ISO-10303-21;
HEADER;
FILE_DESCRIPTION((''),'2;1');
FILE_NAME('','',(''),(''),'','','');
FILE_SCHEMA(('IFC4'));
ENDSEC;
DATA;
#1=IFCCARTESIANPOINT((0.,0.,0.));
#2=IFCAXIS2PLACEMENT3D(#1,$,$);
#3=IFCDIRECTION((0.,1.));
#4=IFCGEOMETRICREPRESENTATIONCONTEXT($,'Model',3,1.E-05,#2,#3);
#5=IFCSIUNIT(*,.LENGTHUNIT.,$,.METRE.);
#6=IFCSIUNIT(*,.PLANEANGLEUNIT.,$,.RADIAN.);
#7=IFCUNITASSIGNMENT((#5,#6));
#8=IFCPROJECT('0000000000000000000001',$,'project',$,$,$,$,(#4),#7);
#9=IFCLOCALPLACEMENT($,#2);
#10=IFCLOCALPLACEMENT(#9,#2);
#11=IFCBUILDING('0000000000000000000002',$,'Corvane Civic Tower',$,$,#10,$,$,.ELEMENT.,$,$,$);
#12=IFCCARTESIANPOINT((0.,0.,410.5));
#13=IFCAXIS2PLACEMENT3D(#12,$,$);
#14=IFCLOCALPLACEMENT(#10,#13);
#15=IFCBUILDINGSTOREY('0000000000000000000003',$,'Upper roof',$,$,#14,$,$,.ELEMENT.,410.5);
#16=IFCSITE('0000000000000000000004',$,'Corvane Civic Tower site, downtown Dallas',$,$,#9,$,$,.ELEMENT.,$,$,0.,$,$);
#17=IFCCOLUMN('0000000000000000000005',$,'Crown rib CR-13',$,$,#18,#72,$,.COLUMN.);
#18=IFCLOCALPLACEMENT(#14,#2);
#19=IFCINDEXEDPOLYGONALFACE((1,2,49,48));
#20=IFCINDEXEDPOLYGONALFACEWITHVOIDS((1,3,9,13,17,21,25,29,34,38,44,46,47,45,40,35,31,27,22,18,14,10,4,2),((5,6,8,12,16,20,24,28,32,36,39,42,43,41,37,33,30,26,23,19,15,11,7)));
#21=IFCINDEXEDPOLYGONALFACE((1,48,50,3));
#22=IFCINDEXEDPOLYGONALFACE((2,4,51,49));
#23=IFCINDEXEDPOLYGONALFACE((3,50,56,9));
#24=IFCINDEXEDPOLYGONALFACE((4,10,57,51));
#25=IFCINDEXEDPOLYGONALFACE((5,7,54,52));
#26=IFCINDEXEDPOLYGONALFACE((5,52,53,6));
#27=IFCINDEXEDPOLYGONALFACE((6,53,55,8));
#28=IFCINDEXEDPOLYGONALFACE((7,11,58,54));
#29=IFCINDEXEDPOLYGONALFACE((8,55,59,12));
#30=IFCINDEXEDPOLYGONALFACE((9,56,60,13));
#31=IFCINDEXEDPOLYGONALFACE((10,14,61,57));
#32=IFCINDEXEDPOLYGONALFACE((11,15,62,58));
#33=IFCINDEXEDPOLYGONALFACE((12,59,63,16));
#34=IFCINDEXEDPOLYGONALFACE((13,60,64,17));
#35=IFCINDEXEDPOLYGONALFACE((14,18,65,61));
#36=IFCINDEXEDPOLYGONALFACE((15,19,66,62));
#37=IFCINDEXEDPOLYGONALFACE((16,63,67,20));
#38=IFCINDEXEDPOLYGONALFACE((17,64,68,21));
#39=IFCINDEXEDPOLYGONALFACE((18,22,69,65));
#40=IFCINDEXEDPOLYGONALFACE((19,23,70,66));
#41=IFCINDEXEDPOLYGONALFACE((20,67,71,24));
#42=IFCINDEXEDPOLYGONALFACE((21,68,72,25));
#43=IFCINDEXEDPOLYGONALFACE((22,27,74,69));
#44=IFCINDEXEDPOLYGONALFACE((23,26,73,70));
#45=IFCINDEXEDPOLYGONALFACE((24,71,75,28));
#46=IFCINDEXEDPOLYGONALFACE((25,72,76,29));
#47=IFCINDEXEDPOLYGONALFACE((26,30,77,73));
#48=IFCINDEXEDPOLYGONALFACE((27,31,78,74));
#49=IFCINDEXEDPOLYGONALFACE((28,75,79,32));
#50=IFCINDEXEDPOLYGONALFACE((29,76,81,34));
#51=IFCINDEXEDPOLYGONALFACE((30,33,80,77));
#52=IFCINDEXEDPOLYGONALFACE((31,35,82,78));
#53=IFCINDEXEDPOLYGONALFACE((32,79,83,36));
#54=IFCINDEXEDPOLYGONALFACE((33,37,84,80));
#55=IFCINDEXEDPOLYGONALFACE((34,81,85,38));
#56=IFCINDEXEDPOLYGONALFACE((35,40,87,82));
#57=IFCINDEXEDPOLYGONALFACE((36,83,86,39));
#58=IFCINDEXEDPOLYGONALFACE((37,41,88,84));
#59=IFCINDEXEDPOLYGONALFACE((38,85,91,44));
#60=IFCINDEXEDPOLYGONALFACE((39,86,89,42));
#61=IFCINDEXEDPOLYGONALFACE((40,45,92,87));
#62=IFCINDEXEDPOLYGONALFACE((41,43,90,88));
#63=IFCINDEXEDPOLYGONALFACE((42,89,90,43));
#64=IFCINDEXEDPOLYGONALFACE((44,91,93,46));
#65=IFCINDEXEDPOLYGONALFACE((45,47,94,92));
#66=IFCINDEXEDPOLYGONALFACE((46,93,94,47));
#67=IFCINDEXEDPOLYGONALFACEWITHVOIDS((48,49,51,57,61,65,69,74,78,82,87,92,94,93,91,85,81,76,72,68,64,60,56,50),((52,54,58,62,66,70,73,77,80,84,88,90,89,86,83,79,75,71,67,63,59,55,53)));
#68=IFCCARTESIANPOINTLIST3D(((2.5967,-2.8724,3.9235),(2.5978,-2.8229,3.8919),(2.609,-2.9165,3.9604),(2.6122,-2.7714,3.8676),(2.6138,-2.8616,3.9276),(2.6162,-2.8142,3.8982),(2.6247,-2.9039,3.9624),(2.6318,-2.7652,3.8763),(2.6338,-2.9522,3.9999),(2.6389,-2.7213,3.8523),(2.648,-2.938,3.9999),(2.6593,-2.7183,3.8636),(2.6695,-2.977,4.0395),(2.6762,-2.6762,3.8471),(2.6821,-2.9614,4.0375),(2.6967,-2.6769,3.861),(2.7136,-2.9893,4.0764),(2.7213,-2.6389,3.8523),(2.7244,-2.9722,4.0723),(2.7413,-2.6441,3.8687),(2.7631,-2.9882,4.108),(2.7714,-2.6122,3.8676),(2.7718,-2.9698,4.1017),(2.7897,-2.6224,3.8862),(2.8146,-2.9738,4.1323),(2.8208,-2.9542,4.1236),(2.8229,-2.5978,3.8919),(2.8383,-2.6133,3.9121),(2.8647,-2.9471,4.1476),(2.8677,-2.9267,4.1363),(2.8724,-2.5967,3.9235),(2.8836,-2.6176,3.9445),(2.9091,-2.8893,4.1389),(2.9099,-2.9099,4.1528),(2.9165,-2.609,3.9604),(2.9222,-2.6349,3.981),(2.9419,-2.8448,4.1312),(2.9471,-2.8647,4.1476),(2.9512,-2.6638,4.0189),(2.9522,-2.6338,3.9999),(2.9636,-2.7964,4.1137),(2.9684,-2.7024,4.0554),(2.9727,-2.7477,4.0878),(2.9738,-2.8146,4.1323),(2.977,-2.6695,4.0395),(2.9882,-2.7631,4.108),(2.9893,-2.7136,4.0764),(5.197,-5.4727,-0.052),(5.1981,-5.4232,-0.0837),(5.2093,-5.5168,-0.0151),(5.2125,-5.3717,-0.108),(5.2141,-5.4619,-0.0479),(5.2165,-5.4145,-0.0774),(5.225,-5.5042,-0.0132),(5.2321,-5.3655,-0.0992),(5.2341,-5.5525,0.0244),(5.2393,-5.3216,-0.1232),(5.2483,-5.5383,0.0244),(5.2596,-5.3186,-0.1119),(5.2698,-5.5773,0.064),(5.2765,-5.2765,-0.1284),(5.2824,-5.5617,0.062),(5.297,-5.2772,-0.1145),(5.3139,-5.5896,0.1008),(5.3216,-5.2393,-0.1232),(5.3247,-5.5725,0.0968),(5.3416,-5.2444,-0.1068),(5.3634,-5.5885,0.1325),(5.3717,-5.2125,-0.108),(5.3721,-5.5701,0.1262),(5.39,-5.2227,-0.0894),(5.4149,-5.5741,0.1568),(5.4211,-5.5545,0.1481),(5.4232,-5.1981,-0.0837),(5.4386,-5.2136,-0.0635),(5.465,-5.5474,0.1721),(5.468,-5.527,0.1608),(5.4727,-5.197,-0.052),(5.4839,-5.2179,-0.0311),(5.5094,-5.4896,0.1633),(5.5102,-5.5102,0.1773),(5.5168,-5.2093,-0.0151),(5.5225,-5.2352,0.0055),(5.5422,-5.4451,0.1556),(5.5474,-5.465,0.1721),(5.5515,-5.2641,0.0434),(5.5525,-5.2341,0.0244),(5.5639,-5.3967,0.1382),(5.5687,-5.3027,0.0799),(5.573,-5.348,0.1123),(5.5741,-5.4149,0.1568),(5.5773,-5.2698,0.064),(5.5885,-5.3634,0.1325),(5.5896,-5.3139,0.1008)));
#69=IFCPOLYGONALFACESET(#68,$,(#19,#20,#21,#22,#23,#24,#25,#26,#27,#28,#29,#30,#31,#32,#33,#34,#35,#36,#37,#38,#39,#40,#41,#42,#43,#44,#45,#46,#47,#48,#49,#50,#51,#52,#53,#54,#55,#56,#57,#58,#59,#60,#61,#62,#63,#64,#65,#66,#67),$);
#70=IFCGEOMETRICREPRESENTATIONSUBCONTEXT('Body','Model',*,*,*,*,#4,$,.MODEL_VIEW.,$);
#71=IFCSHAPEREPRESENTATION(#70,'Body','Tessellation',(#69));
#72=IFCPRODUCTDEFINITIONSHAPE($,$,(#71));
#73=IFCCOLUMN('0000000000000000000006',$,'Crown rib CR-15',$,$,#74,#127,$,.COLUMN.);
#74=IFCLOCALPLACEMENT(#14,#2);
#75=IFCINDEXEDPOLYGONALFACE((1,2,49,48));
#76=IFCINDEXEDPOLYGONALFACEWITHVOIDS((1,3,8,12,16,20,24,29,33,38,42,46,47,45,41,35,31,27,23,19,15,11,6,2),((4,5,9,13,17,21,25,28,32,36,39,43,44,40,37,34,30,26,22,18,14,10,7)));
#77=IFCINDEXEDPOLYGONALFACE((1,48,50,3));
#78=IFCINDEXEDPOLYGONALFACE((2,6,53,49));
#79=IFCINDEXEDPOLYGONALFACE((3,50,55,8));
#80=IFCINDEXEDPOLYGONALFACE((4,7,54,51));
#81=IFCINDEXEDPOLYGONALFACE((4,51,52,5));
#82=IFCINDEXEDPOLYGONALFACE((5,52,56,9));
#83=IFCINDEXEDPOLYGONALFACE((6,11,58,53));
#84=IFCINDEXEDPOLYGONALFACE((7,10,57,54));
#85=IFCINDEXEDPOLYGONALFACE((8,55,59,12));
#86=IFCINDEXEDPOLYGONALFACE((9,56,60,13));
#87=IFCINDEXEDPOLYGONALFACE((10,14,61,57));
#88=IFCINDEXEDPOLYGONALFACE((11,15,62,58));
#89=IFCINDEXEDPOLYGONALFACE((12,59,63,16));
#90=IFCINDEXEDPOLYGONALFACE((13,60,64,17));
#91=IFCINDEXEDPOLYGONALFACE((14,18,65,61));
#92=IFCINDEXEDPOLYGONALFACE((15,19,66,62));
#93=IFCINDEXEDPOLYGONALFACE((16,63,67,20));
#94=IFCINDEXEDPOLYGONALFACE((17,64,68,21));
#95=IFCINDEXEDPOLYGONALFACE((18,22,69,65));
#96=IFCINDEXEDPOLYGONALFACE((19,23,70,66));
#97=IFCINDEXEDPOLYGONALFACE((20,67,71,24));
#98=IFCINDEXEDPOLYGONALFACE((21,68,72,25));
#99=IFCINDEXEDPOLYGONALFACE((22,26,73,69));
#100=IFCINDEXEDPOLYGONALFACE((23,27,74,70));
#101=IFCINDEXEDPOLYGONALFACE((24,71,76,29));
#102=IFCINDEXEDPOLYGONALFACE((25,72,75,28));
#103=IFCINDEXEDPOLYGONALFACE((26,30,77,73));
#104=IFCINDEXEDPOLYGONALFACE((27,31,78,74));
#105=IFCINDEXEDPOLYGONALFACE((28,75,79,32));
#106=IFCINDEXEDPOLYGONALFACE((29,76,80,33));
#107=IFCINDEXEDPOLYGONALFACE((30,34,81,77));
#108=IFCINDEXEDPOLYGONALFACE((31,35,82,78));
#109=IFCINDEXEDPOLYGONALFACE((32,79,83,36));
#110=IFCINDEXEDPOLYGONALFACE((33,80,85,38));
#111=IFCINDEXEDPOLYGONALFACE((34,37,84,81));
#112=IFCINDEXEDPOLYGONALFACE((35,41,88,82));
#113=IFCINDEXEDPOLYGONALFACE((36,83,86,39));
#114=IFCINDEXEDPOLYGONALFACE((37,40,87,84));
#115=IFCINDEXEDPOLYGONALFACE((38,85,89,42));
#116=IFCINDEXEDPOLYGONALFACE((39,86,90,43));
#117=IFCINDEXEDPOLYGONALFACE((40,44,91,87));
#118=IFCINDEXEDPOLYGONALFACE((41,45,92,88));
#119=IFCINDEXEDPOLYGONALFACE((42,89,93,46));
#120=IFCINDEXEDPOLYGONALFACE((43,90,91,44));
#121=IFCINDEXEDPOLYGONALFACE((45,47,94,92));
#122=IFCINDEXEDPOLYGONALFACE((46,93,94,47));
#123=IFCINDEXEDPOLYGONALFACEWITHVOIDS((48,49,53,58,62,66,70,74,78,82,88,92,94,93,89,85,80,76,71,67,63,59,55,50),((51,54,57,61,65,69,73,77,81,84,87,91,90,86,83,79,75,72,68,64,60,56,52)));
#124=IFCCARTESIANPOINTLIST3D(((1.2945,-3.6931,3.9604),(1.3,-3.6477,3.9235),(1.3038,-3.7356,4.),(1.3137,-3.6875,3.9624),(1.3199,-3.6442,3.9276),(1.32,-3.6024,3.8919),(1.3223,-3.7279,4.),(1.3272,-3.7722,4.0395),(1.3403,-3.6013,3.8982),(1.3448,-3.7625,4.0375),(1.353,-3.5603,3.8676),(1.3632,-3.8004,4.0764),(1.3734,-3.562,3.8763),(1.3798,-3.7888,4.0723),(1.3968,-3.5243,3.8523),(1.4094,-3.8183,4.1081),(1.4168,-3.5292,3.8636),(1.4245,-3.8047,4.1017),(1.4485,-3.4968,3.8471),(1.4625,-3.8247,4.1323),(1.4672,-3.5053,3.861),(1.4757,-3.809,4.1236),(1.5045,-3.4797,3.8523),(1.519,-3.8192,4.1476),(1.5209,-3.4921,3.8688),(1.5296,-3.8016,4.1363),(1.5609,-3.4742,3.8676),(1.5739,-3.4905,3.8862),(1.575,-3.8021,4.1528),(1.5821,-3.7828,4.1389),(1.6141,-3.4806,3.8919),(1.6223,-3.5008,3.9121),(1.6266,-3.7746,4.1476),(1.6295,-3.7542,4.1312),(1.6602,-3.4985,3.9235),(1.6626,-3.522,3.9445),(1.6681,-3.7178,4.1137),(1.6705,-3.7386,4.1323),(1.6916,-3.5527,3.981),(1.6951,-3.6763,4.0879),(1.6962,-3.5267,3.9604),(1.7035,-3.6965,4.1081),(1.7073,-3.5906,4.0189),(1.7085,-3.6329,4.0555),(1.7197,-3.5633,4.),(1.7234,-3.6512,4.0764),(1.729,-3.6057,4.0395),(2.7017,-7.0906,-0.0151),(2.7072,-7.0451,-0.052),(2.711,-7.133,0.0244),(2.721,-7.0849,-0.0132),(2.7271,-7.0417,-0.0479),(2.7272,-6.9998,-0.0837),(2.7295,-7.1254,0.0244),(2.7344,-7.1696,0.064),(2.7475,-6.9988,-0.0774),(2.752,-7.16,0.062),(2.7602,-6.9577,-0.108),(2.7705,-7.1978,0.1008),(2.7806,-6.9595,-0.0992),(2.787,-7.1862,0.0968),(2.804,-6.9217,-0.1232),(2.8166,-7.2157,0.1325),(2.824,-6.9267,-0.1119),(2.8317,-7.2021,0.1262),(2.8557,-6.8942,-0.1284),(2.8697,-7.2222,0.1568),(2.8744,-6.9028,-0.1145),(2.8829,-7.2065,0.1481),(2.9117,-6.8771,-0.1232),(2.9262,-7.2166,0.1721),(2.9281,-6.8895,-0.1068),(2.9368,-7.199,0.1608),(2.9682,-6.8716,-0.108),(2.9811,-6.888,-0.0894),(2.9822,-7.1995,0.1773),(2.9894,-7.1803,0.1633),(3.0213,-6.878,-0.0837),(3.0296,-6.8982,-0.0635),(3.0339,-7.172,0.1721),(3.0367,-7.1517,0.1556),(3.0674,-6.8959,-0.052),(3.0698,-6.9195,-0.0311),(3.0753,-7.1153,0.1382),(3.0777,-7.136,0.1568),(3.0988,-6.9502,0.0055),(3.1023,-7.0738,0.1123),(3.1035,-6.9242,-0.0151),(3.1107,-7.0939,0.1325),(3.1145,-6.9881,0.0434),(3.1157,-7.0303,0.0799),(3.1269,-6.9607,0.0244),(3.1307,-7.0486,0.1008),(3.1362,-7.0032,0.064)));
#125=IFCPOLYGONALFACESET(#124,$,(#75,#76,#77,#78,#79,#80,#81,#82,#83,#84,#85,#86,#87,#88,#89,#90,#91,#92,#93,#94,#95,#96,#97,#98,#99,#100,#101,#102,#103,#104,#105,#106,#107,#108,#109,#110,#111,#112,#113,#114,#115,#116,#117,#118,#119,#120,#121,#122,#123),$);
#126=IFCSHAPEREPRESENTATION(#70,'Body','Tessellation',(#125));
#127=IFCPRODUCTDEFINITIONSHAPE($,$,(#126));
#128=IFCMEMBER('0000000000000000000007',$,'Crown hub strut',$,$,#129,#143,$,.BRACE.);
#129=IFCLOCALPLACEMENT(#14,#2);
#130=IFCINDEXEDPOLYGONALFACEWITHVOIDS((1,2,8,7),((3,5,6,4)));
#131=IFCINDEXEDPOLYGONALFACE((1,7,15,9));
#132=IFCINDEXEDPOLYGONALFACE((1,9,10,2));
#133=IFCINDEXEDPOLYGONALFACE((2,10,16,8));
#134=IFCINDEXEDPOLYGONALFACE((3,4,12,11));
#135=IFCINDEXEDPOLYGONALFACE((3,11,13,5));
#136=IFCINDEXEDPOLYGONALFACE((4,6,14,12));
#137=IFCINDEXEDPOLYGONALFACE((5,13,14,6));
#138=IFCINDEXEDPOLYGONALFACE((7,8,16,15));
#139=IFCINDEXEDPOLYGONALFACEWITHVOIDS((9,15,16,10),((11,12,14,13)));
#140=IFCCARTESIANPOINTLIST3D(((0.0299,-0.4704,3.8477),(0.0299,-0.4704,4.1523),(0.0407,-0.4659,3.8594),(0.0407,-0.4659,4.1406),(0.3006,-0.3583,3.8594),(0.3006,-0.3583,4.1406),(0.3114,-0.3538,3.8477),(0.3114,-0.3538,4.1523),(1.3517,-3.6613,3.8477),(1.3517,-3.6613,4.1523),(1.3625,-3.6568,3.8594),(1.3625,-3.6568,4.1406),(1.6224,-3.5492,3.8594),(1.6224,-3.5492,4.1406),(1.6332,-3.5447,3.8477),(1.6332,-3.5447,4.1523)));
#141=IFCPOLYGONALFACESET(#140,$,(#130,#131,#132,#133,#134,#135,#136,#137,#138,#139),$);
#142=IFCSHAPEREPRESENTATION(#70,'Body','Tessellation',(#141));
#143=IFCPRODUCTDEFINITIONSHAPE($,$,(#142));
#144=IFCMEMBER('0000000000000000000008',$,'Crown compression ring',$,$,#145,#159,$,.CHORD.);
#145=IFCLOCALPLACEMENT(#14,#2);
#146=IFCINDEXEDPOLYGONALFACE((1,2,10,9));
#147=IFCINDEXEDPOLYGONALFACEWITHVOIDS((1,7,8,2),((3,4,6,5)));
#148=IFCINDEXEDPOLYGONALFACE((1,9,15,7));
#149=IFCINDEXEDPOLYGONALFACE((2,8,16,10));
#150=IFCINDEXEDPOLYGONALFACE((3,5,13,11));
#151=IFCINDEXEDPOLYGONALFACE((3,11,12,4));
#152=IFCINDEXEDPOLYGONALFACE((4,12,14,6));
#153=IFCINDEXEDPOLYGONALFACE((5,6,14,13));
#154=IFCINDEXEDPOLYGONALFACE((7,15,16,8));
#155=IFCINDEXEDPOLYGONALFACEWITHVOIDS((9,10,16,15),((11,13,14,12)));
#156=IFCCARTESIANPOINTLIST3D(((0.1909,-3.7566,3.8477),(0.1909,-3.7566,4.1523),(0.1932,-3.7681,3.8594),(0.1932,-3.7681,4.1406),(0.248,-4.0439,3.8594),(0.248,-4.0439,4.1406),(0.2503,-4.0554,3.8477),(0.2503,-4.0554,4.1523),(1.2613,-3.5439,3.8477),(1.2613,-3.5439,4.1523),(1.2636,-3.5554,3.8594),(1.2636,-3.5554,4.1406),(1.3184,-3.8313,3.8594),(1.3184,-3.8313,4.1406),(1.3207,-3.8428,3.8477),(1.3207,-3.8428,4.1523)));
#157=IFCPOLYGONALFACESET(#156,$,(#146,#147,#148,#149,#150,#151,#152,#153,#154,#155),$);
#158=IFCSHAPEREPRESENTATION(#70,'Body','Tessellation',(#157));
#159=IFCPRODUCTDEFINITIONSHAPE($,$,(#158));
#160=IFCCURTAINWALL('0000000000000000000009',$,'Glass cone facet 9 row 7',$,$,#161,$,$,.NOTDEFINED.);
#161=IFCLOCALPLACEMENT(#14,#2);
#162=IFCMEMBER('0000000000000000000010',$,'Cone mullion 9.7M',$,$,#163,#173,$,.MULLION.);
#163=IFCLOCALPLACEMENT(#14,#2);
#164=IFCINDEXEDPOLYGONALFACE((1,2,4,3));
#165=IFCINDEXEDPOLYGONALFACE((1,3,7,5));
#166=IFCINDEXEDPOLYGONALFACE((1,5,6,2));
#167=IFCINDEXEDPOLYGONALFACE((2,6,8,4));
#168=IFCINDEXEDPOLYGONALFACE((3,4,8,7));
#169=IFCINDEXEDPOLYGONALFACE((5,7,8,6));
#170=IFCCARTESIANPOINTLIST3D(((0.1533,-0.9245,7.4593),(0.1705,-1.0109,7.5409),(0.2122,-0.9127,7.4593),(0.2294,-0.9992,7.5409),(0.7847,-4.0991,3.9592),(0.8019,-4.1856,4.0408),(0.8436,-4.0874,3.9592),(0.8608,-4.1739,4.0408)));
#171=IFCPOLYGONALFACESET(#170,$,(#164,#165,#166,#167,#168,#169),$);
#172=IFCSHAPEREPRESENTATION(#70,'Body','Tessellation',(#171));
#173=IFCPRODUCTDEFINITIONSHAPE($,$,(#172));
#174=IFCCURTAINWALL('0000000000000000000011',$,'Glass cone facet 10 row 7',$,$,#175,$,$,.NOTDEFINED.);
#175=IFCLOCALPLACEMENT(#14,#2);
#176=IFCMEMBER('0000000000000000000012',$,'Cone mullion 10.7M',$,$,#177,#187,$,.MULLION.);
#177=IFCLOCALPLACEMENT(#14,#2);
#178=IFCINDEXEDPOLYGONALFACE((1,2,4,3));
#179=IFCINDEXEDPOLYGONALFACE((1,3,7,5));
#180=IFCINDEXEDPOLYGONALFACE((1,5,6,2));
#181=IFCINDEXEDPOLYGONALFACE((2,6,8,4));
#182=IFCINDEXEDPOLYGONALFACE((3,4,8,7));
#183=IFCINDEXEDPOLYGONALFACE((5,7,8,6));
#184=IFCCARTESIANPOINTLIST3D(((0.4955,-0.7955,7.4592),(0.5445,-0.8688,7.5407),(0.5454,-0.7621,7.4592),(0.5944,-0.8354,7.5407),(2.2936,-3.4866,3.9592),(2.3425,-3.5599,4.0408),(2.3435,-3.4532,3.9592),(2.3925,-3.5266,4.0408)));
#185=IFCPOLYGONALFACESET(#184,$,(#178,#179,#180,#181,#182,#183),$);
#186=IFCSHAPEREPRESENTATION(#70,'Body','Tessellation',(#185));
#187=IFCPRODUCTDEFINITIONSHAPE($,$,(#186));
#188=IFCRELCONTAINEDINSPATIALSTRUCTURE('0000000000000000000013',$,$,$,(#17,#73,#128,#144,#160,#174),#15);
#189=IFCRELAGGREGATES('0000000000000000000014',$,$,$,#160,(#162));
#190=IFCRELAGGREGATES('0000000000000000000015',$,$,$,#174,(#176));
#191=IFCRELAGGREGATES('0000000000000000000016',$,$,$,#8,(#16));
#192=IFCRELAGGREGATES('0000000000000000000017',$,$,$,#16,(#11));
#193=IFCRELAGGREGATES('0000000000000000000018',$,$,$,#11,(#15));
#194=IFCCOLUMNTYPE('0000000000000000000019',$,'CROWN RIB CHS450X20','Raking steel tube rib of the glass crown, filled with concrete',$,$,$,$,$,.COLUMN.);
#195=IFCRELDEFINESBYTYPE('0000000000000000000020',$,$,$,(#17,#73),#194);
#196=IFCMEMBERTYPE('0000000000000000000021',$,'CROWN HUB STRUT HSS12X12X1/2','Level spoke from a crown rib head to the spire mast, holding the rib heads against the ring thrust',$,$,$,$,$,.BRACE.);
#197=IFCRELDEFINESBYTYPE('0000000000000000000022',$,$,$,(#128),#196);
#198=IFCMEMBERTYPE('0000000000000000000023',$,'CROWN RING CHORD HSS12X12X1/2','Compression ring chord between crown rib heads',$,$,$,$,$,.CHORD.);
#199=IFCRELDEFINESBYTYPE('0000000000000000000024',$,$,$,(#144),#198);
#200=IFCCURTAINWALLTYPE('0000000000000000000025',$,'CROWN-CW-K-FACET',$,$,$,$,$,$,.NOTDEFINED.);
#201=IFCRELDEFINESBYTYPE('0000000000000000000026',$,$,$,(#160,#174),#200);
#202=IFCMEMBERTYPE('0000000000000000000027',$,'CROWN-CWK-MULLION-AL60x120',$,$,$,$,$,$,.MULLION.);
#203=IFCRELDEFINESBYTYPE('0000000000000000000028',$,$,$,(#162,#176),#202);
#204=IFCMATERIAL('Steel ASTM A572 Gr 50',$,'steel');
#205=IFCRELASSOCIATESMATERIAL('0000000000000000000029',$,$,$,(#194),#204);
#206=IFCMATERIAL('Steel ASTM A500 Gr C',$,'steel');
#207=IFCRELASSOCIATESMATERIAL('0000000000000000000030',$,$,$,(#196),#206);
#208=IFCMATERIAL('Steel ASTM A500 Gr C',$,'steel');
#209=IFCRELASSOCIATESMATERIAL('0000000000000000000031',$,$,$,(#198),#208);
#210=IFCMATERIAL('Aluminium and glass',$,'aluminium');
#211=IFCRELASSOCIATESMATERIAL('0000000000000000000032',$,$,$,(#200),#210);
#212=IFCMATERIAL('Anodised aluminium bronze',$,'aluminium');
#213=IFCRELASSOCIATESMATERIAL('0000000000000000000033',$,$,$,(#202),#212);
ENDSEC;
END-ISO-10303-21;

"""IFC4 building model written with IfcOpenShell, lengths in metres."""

from ifc_helpers import new_model, si_unit, direction, frame, origin, origin_2d, place, context, subcontext, project, spatial, rectangle, hollow_rectangle, hollow_circle, extrude, material, material_profile, profile_set, type_object, element, aggregate, save


model = new_model("IFC4")

# Units and contexts
model_context = context("Model", 3, precision=1e-05, world=origin(), true_north=direction((0.0, 1.0)))
body_context = subcontext(model_context, "Body", "Model", "MODEL_VIEW")
ifc_project = project(units=[si_unit("LENGTHUNIT", "METRE"), si_unit("PLANEANGLEUNIT", "RADIAN")], contexts=[model_context])

# Site, building, storey
site_placement = place(None, origin())
site = spatial("IfcSite", under=ifc_project, at=site_placement, Name="Corvane Civic Tower site, downtown Dallas", CompositionType="ELEMENT", RefElevation=0.0)
building_placement = place(site_placement, origin())
building = spatial("IfcBuilding", under=site, at=building_placement, Name="Corvane Civic Tower", CompositionType="ELEMENT")
storey_placement = place(building_placement, frame((0.0, 0.0, 410.5)))
storey = spatial("IfcBuildingStorey", under=building, at=storey_placement, Name="Upper roof", CompositionType="ELEMENT", Elevation=410.5)

# Columns
ifc_material_1 = material(Name="Steel ASTM A572 Gr 50", Category="steel")
ifc_material_profile_1 = material_profile(ifc_material_1, hollow_circle(Radius=0.2251, WallThickness=0.02, at=origin_2d()), Name="CHS450X20")
ifc_profile_set_1 = profile_set([ifc_material_profile_1], Name="Steel ASTM A572 Gr 50")
column_type = type_object("IfcColumnType", Name="CROWN RIB CHS450X20", Description="Raking steel tube rib of the glass crown, filled with concrete", PredefinedType="COLUMN", material=ifc_profile_set_1)
for number, where, z_axis, x_axis, name in (
    (1, (5.3933, -5.3933, 0.0244), (-0.480157, 0.480157, 0.734097), (-0.707107, -0.707107, 0.0), "Crown rib CR-13"),
    (2, (2.9189, -7.0469, 0.0244), (-0.259849, 0.627352, 0.734104), (-0.923884, -0.382672, 0.0), "Crown rib CR-15"),
):
    element("IfcColumn", number, at=place(storey_placement, frame(where, z_axis=z_axis, x_axis=x_axis)), inside=storey, type_object=column_type, Name=name, PredefinedType="COLUMN", context=body_context, shape_type="SweptSolid", body=[
        extrude(hollow_circle(Radius=0.2251, WallThickness=0.02, at=origin_2d()), origin(), (0.0, 0.0, 1.0), 5.4155),
    ])

# Members
ifc_material_2 = material(Name="Steel ASTM A500 Gr C", Category="steel")
ifc_material_profile_2 = material_profile(ifc_material_2, hollow_rectangle(XDim=0.3047, YDim=0.3047, WallThickness=0.0117, at=origin_2d()), Name="HSS12X12X1/2")
ifc_profile_set_2 = profile_set([ifc_material_profile_2], Name="Steel ASTM A500 Gr C")
member_type_1 = type_object("IfcMemberType", Name="CROWN HUB STRUT HSS12X12X1/2", Description="Level spoke from a crown rib head to the spire mast, holding the rib heads against the ring thrust", PredefinedType="BRACE", material=ifc_profile_set_2)
member_1_placement = place(storey_placement, frame((1.4924, -3.603, 4.0), z_axis=(-0.382697, 0.923874, 0.0), x_axis=(-0.923874, -0.382697, 0.0)))
element("IfcMember", 3, at=member_1_placement, inside=storey, type_object=member_type_1, Name="Crown hub strut", PredefinedType="BRACE", context=body_context, shape_type="SweptSolid", body=[
    extrude(hollow_rectangle(XDim=0.3047, YDim=0.3047, WallThickness=0.0117, at=origin_2d()), origin(), (0.0, 0.0, 1.0), 3.4539),
])
ifc_material_3 = material(Name="Steel ASTM A500 Gr C", Category="steel")
ifc_material_profile_3 = material_profile(ifc_material_3, hollow_rectangle(XDim=0.3047, YDim=0.3047, WallThickness=0.0117, at=origin_2d()), Name="HSS12X12X1/2")
ifc_profile_set_3 = profile_set([ifc_material_profile_3], Name="Steel ASTM A500 Gr C")
member_type_2 = type_object("IfcMemberType", Name="CROWN RING CHORD HSS12X12X1/2", Description="Compression ring chord between crown rib heads", PredefinedType="CHORD", material=ifc_profile_set_3)
member_2_placement = place(storey_placement, frame((1.291, -3.6934, 4.0), z_axis=(-0.980829, -0.194868, 0.0), x_axis=(0.194868, -0.980829, 0.0)))
element("IfcMember", 4, at=member_2_placement, inside=storey, type_object=member_type_2, Name="Crown compression ring", PredefinedType="CHORD", context=body_context, shape_type="SweptSolid", body=[
    extrude(hollow_rectangle(XDim=0.3047, YDim=0.3047, WallThickness=0.0117, at=origin_2d()), origin(), (0.0, 0.0, 1.0), 1.0913),
])

# Curtain walls, members
ifc_material_4 = material(Name="Aluminium and glass", Category="aluminium")
curtain_wall_type = type_object("IfcCurtainWallType", Name="CROWN-CW-K-FACET", PredefinedType="NOTDEFINED", material=ifc_material_4)
curtain_wall_1_placement = place(storey_placement, origin())
curtain_wall_1 = element("IfcCurtainWall", 5, at=curtain_wall_1_placement, inside=storey, type_object=curtain_wall_type, Name="Glass cone facet 9 row 7", PredefinedType="NOTDEFINED")
ifc_material_5 = material(Name="Anodised aluminium bronze", Category="aluminium")
ifc_material_profile_4 = material_profile(ifc_material_5, rectangle(XDim=0.0601, YDim=0.1201, at=origin_2d()), Name="AL 60x120")
ifc_profile_set_4 = profile_set([ifc_material_profile_4], Name="Anodised aluminium bronze")
member_type_3 = type_object("IfcMemberType", Name="CROWN-CWK-MULLION-AL60x120", PredefinedType="MULLION", material=ifc_profile_set_4)
member_3_placement = place(storey_placement, frame((0.8228, -4.1365, 4.0), z_axis=(-0.132435, 0.665914, 0.73418), x_axis=(-0.980792, -0.195057, 0.0)))
member_3 = element("IfcMember", 6, at=member_3_placement, type_object=member_type_3, Name="Cone mullion 9.7M", PredefinedType="MULLION", context=body_context, shape_type="SweptSolid", body=[
    extrude(rectangle(XDim=0.0601, YDim=0.1201, at=origin_2d()), origin(), (0.0, 0.0, 1.0), 4.7673),
])
curtain_wall_2_placement = place(storey_placement, origin())
curtain_wall_2 = element("IfcCurtainWall", 7, at=curtain_wall_2_placement, inside=storey, type_object=curtain_wall_type, Name="Glass cone facet 10 row 7", PredefinedType="NOTDEFINED")
member_4_placement = place(storey_placement, frame((2.343, -3.5066, 4.0), z_axis=(-0.377186, 0.564525, 0.734195), x_axis=(-0.831481, -0.555553, 0.0)))
member_4 = element("IfcMember", 8, at=member_4_placement, type_object=member_type_3, Name="Cone mullion 10.7M", PredefinedType="MULLION", context=body_context, shape_type="SweptSolid", body=[
    extrude(rectangle(XDim=0.0601, YDim=0.1201, at=origin_2d()), origin(), (0.0, 0.0, 1.0), 4.7671),
])

aggregate(curtain_wall_1, [member_3])
aggregate(curtain_wall_2, [member_4])

save(model, "model.ifc")
